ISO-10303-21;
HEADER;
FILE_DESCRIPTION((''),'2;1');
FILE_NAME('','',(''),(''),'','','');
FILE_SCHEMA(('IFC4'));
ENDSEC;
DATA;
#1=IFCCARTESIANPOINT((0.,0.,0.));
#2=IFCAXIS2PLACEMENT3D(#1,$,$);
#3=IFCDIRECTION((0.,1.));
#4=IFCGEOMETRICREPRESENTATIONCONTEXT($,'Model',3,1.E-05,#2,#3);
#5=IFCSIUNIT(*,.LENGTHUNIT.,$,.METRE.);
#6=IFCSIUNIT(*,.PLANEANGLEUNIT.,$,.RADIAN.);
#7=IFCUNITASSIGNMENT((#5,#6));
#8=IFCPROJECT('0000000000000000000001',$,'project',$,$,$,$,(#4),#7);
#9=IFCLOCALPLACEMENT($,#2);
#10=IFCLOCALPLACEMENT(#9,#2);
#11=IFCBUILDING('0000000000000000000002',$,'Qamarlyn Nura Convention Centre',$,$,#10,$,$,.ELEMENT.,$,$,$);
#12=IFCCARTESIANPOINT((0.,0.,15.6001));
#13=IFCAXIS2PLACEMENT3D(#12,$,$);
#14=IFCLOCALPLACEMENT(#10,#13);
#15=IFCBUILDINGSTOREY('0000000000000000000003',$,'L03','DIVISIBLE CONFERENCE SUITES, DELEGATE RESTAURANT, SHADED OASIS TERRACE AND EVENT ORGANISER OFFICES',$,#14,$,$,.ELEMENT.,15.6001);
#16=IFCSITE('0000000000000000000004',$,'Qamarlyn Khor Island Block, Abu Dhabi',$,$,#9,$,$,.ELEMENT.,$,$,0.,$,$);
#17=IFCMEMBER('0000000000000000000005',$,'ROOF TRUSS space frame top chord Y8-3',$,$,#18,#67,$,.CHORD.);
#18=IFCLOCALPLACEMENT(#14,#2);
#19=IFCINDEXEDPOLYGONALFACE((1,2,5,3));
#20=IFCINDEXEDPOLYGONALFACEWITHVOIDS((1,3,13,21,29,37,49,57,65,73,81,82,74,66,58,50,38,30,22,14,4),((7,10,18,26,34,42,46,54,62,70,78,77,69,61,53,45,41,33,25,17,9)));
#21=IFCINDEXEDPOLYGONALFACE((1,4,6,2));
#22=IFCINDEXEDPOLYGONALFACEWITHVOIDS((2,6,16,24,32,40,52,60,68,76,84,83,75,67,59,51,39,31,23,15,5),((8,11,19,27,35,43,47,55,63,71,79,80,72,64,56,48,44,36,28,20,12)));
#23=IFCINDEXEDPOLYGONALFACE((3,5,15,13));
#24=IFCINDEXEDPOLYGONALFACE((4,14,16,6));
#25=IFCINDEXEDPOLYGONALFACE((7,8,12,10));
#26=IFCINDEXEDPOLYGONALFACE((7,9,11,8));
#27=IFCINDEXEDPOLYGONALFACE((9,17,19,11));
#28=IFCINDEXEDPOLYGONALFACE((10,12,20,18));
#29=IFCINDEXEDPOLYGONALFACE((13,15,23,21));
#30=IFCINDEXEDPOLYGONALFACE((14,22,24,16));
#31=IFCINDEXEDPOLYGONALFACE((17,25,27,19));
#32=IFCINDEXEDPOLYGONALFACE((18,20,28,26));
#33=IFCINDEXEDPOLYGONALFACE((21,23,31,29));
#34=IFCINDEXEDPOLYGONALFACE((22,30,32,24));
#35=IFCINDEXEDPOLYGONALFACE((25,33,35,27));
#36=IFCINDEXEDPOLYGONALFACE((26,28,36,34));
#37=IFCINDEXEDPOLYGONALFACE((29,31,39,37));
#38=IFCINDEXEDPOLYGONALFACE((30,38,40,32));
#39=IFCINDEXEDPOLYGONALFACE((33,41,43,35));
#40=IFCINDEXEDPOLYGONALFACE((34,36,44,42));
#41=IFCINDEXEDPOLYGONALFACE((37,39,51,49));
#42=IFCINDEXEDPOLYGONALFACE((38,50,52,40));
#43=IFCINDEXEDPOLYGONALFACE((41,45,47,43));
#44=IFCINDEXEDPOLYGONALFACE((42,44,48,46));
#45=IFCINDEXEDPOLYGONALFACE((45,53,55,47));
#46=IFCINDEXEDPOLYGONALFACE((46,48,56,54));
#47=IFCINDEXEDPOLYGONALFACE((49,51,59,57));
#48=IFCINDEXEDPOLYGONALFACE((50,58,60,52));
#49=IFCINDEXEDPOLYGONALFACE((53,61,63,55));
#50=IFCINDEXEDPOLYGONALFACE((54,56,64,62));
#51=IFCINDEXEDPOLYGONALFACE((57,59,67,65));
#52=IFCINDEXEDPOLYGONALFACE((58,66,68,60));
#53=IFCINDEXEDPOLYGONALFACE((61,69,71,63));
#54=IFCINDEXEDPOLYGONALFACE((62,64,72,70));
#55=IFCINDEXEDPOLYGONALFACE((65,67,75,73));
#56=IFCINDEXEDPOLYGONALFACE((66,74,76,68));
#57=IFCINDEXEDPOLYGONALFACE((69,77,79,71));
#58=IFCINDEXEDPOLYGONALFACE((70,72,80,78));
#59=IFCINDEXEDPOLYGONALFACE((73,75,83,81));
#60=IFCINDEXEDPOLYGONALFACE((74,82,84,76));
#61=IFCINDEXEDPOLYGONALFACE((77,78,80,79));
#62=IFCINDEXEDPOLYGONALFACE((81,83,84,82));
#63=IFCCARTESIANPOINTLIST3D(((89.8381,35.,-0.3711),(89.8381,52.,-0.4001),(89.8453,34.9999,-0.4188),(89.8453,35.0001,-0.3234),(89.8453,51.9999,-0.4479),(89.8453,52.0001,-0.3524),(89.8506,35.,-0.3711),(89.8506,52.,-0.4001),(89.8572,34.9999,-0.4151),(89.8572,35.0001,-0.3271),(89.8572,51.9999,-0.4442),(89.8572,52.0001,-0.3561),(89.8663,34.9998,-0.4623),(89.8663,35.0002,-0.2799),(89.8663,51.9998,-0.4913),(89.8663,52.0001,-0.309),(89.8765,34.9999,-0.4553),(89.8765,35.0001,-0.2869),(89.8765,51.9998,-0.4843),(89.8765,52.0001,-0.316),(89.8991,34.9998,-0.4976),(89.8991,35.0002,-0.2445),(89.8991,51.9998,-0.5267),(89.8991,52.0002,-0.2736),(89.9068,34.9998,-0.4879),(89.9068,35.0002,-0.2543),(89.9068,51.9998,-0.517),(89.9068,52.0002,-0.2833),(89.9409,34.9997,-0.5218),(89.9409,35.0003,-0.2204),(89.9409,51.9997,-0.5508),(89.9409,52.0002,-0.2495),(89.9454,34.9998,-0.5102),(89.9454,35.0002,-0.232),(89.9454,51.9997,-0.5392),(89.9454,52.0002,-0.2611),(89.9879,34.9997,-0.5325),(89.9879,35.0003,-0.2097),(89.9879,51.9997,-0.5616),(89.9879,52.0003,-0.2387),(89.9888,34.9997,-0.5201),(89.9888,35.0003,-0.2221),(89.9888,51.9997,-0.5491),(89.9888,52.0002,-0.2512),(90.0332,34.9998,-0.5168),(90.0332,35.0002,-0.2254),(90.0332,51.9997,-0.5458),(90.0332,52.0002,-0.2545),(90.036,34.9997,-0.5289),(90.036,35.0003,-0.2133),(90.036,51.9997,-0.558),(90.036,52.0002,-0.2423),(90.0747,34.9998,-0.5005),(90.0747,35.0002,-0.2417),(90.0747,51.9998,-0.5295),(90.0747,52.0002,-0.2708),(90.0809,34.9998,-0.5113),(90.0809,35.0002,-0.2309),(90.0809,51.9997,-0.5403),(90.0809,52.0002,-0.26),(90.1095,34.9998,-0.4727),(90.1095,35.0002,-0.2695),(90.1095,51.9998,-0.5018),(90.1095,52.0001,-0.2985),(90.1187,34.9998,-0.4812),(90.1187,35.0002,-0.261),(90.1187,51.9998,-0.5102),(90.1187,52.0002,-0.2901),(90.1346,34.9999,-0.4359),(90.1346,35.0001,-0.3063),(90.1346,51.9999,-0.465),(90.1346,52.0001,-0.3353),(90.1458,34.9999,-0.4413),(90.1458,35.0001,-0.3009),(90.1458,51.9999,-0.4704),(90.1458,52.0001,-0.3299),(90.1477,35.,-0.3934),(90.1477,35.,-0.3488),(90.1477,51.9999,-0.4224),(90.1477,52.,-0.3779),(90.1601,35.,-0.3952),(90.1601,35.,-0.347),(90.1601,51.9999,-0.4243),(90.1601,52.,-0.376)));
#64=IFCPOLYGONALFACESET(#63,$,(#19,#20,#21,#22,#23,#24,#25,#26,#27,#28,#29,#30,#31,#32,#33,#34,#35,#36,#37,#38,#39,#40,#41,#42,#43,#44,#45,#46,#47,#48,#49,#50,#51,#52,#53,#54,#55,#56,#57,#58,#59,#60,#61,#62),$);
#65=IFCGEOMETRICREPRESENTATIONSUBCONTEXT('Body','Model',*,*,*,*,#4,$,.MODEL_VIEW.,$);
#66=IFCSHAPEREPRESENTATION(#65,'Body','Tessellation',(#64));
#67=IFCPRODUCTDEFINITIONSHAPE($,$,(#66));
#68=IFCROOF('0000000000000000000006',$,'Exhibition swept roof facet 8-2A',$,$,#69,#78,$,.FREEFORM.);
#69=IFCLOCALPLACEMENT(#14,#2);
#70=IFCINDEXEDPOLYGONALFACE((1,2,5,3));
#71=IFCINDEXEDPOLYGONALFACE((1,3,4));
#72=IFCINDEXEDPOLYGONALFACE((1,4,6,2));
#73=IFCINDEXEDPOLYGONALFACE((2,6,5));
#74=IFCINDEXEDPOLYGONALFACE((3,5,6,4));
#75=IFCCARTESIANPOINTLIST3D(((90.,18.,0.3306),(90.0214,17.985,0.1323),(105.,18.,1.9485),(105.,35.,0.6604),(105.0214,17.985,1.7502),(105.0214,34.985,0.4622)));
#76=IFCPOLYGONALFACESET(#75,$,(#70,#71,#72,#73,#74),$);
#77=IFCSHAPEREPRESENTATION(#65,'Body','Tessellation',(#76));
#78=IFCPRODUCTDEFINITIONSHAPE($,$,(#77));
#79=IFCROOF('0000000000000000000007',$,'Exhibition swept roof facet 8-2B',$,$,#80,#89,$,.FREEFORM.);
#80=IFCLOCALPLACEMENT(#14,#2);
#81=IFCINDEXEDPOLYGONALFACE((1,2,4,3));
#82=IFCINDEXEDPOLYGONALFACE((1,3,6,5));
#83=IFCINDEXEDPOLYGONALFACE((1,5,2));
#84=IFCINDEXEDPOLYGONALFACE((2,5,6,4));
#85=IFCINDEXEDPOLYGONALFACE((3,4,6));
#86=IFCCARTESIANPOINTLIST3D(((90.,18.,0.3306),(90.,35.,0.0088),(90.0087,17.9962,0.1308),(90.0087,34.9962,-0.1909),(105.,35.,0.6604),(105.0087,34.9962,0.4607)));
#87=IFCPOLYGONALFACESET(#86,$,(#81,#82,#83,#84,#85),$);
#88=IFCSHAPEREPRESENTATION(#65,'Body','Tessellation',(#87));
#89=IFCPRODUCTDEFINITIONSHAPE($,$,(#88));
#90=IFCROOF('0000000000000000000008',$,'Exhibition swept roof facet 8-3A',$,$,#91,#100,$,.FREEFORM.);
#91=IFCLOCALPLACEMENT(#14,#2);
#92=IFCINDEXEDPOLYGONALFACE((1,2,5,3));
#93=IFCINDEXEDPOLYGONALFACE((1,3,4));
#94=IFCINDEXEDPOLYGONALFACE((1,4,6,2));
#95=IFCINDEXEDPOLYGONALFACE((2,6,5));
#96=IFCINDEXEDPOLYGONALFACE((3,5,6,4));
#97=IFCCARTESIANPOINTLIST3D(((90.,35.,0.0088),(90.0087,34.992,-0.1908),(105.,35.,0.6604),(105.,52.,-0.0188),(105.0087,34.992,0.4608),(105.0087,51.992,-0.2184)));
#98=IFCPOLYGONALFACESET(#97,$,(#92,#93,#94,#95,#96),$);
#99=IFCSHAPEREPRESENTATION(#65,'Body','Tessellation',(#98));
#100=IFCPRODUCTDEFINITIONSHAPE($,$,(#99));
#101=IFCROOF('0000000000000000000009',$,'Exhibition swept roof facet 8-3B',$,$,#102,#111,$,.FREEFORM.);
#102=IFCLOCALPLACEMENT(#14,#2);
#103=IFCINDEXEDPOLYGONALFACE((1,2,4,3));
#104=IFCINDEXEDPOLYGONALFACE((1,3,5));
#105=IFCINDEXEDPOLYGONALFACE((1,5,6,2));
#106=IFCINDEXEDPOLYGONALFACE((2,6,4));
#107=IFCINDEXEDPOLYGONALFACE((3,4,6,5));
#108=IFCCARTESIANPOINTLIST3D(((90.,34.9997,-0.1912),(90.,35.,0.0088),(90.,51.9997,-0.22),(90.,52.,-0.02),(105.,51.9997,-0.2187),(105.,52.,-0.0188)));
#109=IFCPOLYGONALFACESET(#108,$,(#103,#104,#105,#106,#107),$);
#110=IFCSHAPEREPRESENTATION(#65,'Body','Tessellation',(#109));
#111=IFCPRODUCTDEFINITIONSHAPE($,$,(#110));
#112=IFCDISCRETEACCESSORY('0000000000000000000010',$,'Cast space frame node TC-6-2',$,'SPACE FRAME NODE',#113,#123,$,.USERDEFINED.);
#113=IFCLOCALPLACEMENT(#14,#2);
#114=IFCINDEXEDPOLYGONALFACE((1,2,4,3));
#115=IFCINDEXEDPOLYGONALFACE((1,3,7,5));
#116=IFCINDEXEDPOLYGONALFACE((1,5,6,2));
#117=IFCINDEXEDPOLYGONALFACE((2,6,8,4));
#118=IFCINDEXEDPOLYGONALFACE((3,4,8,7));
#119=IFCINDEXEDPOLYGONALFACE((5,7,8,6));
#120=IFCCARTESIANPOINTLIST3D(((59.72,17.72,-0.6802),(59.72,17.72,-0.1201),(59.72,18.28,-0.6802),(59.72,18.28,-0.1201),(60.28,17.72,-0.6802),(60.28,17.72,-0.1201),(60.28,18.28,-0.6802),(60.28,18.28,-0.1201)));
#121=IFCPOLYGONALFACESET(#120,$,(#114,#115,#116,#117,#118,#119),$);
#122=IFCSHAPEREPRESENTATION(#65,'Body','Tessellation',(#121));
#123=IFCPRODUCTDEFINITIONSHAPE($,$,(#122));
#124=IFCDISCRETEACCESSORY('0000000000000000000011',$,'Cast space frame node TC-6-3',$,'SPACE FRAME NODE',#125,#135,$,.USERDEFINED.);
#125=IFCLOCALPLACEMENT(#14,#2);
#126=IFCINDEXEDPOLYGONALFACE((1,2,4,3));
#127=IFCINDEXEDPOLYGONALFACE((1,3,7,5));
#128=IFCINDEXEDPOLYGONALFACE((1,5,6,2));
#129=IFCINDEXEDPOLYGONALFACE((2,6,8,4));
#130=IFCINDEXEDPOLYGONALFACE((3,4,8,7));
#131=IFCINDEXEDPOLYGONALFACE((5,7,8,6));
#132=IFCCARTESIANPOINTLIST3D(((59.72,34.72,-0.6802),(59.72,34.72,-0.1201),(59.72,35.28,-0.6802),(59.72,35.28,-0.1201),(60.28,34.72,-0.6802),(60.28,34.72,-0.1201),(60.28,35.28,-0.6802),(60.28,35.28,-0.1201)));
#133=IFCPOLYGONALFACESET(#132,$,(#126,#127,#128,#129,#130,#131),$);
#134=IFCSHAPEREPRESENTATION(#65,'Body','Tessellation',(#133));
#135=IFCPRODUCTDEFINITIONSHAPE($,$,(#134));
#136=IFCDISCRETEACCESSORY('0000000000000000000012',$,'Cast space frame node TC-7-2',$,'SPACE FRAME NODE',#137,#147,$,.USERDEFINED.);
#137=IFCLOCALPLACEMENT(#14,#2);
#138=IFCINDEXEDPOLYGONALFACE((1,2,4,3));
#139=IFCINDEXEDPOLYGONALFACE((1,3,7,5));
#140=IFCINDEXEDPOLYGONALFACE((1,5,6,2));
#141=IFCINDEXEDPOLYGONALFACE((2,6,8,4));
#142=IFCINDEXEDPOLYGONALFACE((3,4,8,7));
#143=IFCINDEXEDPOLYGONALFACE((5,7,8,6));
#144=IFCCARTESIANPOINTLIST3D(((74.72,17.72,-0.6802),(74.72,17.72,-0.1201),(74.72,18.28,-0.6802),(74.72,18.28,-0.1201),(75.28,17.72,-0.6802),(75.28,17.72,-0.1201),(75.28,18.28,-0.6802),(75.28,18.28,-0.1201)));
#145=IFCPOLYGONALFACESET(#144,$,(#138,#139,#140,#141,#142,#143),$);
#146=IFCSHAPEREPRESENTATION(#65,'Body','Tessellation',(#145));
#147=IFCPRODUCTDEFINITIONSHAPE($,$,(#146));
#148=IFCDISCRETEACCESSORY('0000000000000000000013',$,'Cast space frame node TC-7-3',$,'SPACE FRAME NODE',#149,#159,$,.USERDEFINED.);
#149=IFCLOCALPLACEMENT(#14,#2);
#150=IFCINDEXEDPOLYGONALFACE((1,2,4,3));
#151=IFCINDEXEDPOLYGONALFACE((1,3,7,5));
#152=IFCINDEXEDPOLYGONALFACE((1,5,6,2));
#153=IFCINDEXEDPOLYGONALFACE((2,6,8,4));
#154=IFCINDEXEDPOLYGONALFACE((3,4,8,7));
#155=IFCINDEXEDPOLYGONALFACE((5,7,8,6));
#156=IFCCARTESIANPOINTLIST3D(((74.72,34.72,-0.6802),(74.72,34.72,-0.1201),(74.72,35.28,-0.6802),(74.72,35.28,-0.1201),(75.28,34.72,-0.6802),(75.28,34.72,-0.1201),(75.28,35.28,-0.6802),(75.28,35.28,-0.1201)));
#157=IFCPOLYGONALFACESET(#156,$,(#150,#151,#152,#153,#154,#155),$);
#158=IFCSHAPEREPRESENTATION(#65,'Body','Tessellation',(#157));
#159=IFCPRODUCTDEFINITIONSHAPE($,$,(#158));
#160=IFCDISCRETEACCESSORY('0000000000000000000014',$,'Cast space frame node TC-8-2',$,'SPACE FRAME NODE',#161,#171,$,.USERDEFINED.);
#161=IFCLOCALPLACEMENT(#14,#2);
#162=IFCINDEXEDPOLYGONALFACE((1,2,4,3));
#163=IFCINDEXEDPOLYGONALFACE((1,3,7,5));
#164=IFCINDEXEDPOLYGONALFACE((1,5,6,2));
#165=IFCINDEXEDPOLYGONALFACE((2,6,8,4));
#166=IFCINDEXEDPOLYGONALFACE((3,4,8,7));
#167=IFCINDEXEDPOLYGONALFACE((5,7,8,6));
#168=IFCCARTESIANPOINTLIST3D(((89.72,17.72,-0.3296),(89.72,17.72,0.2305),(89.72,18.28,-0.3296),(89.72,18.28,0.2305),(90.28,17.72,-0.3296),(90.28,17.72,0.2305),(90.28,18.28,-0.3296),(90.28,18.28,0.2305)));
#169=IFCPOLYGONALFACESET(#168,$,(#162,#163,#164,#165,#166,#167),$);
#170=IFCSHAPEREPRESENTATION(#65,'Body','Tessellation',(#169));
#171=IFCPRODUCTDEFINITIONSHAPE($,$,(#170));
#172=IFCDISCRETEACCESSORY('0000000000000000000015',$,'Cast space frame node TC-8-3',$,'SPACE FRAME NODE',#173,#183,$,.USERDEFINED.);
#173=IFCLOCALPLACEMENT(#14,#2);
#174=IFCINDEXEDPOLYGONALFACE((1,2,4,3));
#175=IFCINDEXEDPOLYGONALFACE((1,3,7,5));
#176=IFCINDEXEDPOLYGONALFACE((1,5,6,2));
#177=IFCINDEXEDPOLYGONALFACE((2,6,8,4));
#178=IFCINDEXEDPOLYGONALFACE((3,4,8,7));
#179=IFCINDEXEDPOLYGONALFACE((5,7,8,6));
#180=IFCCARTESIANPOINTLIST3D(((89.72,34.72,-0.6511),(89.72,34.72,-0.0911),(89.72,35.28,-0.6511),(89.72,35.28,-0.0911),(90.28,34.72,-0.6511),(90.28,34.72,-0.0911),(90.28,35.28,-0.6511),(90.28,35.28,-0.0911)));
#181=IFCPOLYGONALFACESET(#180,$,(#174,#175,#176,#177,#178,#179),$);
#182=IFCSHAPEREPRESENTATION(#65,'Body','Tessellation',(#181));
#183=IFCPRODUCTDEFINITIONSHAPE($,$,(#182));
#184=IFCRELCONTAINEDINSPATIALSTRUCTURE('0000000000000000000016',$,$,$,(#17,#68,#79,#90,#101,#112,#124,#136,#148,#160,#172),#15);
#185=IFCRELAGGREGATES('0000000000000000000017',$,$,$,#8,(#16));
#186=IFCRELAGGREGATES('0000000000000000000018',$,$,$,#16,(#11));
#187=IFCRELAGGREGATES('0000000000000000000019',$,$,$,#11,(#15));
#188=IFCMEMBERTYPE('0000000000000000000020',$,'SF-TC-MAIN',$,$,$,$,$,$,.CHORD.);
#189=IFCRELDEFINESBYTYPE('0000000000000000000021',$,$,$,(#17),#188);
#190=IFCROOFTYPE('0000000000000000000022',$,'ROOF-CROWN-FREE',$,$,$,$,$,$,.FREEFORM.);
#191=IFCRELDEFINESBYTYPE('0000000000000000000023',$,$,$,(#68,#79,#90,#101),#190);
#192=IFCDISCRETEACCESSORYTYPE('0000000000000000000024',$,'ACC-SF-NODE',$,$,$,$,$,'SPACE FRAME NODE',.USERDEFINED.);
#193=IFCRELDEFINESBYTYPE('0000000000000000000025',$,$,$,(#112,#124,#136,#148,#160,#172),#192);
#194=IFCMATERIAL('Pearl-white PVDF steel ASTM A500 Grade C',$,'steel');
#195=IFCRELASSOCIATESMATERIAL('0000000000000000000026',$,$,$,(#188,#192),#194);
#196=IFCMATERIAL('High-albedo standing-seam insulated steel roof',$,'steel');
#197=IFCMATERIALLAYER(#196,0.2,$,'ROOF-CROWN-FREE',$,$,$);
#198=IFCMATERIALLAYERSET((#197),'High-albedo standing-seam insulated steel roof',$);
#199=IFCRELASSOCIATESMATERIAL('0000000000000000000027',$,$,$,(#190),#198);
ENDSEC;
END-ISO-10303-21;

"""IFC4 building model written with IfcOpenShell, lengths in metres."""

from ifc_helpers import new_model, si_unit, direction, frame, origin, origin_2d, place, context, subcontext, project, spatial, polyline, rectangle, hollow_circle, outline, extrude, material, layer, layer_set, material_profile, profile_set, type_object, element, save


model = new_model("IFC4")

# Units and contexts
model_context = context("Model", 3, precision=1e-05, world=origin(), true_north=direction((0.0, 1.0)))
body_context = subcontext(model_context, "Body", "Model", "MODEL_VIEW")
ifc_project = project(units=[si_unit("LENGTHUNIT", "METRE"), si_unit("PLANEANGLEUNIT", "RADIAN")], contexts=[model_context])

# Site, building, storey
site_placement = place(None, origin())
site = spatial("IfcSite", under=ifc_project, at=site_placement, Name="Qamarlyn Khor Island Block, Abu Dhabi", CompositionType="ELEMENT", RefElevation=0.0)
building_placement = place(site_placement, origin())
building = spatial("IfcBuilding", under=site, at=building_placement, Name="Qamarlyn Nura Convention Centre", CompositionType="ELEMENT")
storey_placement = place(building_placement, frame((0.0, 0.0, 15.6001)))
storey = spatial("IfcBuildingStorey", under=building, at=storey_placement, Name="L03", Description="DIVISIBLE CONFERENCE SUITES, DELEGATE RESTAURANT, SHADED OASIS TERRACE AND EVENT ORGANISER OFFICES", CompositionType="ELEMENT", Elevation=15.6001)

# Member
ifc_material_1 = material(Name="Pearl-white PVDF steel ASTM A500 Grade C", Category="steel")
ifc_material_profile_1 = material_profile(ifc_material_1, hollow_circle(Radius=0.1619, WallThickness=0.0125, at=origin_2d()), Name="CHS323.9X12.5")
ifc_profile_set_1 = profile_set([ifc_material_profile_1], Name="Pearl-white PVDF steel ASTM A500 Grade C")
member_type_1 = type_object("IfcMemberType", Name="SF-TC-MAIN", PredefinedType="CHORD", material=ifc_profile_set_1)
member_1_placement = place(storey_placement, frame((90.0, 35.0, -0.3711), z_axis=(0.0, 0.999999, -0.001709), x_axis=(-1.0, 0.0, 0.0)))
element("IfcMember", 1, at=member_1_placement, inside=storey, type_object=member_type_1, Name="ROOF TRUSS space frame top chord Y8-3", PredefinedType="CHORD", context=body_context, shape_type="SweptSolid", body=[
    extrude(hollow_circle(Radius=0.1619, WallThickness=0.0125, at=origin_2d()), origin(), (0.0, 0.0, 1.0), 17.0),
])

# Roofs
ifc_material_2 = material(Name="High-albedo standing-seam insulated steel roof", Category="steel")
ifc_layer = layer(ifc_material_2, 0.2, Name="ROOF-CROWN-FREE")
ifc_layer_set = layer_set([ifc_layer], Name="High-albedo standing-seam insulated steel roof")
roof_type = type_object("IfcRoofType", Name="ROOF-CROWN-FREE", PredefinedType="FREEFORM", material=ifc_layer_set)
roof_1_placement = place(storey_placement, frame((90.0, 18.0, 0.3306), z_axis=(-0.106936, 0.07512, 0.991424), x_axis=(0.994233, 0.0, 0.107239)))
element("IfcRoof", 2, at=roof_1_placement, inside=storey, type_object=roof_type, Name="Exhibition swept roof facet 8-2A", PredefinedType="FREEFORM", context=body_context, shape_type="SweptSolid", body=[
    extrude(outline(polyline([(0.0, 0.0), (15.087, 0.0), (14.9489, 17.0482), (0.0, 0.0)])), origin(), (0.0, 0.0, -1.0), 0.2),
])
roof_2_placement = place(storey_placement, frame((90.0, 18.0, 0.3306), z_axis=(-0.043392, 0.018907, 0.998879), x_axis=(0.661552, 0.749759, 0.014547)))
element("IfcRoof", 3, at=roof_2_placement, inside=storey, type_object=roof_type, Name="Exhibition swept roof facet 8-2B", PredefinedType="FREEFORM", context=body_context, shape_type="SweptSolid", body=[
    extrude(outline(polyline([(0.0, 0.0), (22.674, 0.0), (12.7412, 11.259), (0.0, 0.0)])), origin(), (0.0, 0.0, -1.0), 0.2),
])
roof_3_placement = place(storey_placement, frame((90.0, 35.0, 0.0088), z_axis=(-0.043365, 0.039883, 0.998263), x_axis=(0.999058, 0.0, 0.0434)))
element("IfcRoof", 4, at=roof_3_placement, inside=storey, type_object=roof_type, Name="Exhibition swept roof facet 8-3A", PredefinedType="FREEFORM", context=body_context, shape_type="SweptSolid", body=[
    extrude(outline(polyline([(0.0, 0.0), (15.0141, 0.0), (14.9847, 17.0135), (0.0, 0.0)])), origin(), (0.0, 0.0, -1.0), 0.2),
])
roof_4_placement = place(storey_placement, frame((90.0, 35.0, 0.0088), z_axis=(-0.000081, 0.001695, 0.999999), x_axis=(0.661621, 0.749837, -0.001217)))
element("IfcRoof", 5, at=roof_4_placement, inside=storey, type_object=roof_type, Name="Exhibition swept roof facet 8-3B", PredefinedType="FREEFORM", context=body_context, shape_type="SweptSolid", body=[
    extrude(outline(polyline([(0.0, 0.0), (22.6716, 0.0), (12.7473, 11.2476), (0.0, 0.0)])), origin(), (0.0, 0.0, -1.0), 0.2),
])

# Discrete accessories
discrete_accessory_type = type_object("IfcDiscreteAccessoryType", Name="ACC-SF-NODE", ElementType="SPACE FRAME NODE", PredefinedType="USERDEFINED", material=ifc_material_1)
for number, where, z_axis, x_axis, name in (
    (6, (60.0, 18.0, -0.6802), (0.0, 0.0, 1.0), (1.0, 0.0, 0.0), "Cast space frame node TC-6-2"),
    (7, (60.0, 35.0, -0.6802), (0.0, 0.0, 1.0), (1.0, 0.0, 0.0), "Cast space frame node TC-6-3"),
    (8, (75.0, 18.0, -0.6802), (0.0, 0.0, 1.0), (1.0, 0.0, 0.0), "Cast space frame node TC-7-2"),
    (9, (75.0, 35.0, -0.6802), (0.0, 0.0, 1.0), (1.0, 0.0, 0.0), "Cast space frame node TC-7-3"),
    (10, (90.0, 18.0, -0.3296), (0.0, 0.0, 1.0), (1.0, 0.0, 0.0), "Cast space frame node TC-8-2"),
    (11, (90.0, 35.0, -0.6511), (0.0, 0.0, 1.0), (1.0, 0.0, 0.0), "Cast space frame node TC-8-3"),
):
    element("IfcDiscreteAccessory", number, at=place(storey_placement, frame(where, z_axis=z_axis, x_axis=x_axis)), inside=storey, type_object=discrete_accessory_type, Name=name, ObjectType="SPACE FRAME NODE", PredefinedType="USERDEFINED", context=body_context, shape_type="SweptSolid", body=[
        extrude(rectangle(XDim=0.5601, YDim=0.5601, at=origin_2d()), origin(), (0.0, 0.0, 1.0), 0.5601),
    ])

save(model, "model.ifc")
